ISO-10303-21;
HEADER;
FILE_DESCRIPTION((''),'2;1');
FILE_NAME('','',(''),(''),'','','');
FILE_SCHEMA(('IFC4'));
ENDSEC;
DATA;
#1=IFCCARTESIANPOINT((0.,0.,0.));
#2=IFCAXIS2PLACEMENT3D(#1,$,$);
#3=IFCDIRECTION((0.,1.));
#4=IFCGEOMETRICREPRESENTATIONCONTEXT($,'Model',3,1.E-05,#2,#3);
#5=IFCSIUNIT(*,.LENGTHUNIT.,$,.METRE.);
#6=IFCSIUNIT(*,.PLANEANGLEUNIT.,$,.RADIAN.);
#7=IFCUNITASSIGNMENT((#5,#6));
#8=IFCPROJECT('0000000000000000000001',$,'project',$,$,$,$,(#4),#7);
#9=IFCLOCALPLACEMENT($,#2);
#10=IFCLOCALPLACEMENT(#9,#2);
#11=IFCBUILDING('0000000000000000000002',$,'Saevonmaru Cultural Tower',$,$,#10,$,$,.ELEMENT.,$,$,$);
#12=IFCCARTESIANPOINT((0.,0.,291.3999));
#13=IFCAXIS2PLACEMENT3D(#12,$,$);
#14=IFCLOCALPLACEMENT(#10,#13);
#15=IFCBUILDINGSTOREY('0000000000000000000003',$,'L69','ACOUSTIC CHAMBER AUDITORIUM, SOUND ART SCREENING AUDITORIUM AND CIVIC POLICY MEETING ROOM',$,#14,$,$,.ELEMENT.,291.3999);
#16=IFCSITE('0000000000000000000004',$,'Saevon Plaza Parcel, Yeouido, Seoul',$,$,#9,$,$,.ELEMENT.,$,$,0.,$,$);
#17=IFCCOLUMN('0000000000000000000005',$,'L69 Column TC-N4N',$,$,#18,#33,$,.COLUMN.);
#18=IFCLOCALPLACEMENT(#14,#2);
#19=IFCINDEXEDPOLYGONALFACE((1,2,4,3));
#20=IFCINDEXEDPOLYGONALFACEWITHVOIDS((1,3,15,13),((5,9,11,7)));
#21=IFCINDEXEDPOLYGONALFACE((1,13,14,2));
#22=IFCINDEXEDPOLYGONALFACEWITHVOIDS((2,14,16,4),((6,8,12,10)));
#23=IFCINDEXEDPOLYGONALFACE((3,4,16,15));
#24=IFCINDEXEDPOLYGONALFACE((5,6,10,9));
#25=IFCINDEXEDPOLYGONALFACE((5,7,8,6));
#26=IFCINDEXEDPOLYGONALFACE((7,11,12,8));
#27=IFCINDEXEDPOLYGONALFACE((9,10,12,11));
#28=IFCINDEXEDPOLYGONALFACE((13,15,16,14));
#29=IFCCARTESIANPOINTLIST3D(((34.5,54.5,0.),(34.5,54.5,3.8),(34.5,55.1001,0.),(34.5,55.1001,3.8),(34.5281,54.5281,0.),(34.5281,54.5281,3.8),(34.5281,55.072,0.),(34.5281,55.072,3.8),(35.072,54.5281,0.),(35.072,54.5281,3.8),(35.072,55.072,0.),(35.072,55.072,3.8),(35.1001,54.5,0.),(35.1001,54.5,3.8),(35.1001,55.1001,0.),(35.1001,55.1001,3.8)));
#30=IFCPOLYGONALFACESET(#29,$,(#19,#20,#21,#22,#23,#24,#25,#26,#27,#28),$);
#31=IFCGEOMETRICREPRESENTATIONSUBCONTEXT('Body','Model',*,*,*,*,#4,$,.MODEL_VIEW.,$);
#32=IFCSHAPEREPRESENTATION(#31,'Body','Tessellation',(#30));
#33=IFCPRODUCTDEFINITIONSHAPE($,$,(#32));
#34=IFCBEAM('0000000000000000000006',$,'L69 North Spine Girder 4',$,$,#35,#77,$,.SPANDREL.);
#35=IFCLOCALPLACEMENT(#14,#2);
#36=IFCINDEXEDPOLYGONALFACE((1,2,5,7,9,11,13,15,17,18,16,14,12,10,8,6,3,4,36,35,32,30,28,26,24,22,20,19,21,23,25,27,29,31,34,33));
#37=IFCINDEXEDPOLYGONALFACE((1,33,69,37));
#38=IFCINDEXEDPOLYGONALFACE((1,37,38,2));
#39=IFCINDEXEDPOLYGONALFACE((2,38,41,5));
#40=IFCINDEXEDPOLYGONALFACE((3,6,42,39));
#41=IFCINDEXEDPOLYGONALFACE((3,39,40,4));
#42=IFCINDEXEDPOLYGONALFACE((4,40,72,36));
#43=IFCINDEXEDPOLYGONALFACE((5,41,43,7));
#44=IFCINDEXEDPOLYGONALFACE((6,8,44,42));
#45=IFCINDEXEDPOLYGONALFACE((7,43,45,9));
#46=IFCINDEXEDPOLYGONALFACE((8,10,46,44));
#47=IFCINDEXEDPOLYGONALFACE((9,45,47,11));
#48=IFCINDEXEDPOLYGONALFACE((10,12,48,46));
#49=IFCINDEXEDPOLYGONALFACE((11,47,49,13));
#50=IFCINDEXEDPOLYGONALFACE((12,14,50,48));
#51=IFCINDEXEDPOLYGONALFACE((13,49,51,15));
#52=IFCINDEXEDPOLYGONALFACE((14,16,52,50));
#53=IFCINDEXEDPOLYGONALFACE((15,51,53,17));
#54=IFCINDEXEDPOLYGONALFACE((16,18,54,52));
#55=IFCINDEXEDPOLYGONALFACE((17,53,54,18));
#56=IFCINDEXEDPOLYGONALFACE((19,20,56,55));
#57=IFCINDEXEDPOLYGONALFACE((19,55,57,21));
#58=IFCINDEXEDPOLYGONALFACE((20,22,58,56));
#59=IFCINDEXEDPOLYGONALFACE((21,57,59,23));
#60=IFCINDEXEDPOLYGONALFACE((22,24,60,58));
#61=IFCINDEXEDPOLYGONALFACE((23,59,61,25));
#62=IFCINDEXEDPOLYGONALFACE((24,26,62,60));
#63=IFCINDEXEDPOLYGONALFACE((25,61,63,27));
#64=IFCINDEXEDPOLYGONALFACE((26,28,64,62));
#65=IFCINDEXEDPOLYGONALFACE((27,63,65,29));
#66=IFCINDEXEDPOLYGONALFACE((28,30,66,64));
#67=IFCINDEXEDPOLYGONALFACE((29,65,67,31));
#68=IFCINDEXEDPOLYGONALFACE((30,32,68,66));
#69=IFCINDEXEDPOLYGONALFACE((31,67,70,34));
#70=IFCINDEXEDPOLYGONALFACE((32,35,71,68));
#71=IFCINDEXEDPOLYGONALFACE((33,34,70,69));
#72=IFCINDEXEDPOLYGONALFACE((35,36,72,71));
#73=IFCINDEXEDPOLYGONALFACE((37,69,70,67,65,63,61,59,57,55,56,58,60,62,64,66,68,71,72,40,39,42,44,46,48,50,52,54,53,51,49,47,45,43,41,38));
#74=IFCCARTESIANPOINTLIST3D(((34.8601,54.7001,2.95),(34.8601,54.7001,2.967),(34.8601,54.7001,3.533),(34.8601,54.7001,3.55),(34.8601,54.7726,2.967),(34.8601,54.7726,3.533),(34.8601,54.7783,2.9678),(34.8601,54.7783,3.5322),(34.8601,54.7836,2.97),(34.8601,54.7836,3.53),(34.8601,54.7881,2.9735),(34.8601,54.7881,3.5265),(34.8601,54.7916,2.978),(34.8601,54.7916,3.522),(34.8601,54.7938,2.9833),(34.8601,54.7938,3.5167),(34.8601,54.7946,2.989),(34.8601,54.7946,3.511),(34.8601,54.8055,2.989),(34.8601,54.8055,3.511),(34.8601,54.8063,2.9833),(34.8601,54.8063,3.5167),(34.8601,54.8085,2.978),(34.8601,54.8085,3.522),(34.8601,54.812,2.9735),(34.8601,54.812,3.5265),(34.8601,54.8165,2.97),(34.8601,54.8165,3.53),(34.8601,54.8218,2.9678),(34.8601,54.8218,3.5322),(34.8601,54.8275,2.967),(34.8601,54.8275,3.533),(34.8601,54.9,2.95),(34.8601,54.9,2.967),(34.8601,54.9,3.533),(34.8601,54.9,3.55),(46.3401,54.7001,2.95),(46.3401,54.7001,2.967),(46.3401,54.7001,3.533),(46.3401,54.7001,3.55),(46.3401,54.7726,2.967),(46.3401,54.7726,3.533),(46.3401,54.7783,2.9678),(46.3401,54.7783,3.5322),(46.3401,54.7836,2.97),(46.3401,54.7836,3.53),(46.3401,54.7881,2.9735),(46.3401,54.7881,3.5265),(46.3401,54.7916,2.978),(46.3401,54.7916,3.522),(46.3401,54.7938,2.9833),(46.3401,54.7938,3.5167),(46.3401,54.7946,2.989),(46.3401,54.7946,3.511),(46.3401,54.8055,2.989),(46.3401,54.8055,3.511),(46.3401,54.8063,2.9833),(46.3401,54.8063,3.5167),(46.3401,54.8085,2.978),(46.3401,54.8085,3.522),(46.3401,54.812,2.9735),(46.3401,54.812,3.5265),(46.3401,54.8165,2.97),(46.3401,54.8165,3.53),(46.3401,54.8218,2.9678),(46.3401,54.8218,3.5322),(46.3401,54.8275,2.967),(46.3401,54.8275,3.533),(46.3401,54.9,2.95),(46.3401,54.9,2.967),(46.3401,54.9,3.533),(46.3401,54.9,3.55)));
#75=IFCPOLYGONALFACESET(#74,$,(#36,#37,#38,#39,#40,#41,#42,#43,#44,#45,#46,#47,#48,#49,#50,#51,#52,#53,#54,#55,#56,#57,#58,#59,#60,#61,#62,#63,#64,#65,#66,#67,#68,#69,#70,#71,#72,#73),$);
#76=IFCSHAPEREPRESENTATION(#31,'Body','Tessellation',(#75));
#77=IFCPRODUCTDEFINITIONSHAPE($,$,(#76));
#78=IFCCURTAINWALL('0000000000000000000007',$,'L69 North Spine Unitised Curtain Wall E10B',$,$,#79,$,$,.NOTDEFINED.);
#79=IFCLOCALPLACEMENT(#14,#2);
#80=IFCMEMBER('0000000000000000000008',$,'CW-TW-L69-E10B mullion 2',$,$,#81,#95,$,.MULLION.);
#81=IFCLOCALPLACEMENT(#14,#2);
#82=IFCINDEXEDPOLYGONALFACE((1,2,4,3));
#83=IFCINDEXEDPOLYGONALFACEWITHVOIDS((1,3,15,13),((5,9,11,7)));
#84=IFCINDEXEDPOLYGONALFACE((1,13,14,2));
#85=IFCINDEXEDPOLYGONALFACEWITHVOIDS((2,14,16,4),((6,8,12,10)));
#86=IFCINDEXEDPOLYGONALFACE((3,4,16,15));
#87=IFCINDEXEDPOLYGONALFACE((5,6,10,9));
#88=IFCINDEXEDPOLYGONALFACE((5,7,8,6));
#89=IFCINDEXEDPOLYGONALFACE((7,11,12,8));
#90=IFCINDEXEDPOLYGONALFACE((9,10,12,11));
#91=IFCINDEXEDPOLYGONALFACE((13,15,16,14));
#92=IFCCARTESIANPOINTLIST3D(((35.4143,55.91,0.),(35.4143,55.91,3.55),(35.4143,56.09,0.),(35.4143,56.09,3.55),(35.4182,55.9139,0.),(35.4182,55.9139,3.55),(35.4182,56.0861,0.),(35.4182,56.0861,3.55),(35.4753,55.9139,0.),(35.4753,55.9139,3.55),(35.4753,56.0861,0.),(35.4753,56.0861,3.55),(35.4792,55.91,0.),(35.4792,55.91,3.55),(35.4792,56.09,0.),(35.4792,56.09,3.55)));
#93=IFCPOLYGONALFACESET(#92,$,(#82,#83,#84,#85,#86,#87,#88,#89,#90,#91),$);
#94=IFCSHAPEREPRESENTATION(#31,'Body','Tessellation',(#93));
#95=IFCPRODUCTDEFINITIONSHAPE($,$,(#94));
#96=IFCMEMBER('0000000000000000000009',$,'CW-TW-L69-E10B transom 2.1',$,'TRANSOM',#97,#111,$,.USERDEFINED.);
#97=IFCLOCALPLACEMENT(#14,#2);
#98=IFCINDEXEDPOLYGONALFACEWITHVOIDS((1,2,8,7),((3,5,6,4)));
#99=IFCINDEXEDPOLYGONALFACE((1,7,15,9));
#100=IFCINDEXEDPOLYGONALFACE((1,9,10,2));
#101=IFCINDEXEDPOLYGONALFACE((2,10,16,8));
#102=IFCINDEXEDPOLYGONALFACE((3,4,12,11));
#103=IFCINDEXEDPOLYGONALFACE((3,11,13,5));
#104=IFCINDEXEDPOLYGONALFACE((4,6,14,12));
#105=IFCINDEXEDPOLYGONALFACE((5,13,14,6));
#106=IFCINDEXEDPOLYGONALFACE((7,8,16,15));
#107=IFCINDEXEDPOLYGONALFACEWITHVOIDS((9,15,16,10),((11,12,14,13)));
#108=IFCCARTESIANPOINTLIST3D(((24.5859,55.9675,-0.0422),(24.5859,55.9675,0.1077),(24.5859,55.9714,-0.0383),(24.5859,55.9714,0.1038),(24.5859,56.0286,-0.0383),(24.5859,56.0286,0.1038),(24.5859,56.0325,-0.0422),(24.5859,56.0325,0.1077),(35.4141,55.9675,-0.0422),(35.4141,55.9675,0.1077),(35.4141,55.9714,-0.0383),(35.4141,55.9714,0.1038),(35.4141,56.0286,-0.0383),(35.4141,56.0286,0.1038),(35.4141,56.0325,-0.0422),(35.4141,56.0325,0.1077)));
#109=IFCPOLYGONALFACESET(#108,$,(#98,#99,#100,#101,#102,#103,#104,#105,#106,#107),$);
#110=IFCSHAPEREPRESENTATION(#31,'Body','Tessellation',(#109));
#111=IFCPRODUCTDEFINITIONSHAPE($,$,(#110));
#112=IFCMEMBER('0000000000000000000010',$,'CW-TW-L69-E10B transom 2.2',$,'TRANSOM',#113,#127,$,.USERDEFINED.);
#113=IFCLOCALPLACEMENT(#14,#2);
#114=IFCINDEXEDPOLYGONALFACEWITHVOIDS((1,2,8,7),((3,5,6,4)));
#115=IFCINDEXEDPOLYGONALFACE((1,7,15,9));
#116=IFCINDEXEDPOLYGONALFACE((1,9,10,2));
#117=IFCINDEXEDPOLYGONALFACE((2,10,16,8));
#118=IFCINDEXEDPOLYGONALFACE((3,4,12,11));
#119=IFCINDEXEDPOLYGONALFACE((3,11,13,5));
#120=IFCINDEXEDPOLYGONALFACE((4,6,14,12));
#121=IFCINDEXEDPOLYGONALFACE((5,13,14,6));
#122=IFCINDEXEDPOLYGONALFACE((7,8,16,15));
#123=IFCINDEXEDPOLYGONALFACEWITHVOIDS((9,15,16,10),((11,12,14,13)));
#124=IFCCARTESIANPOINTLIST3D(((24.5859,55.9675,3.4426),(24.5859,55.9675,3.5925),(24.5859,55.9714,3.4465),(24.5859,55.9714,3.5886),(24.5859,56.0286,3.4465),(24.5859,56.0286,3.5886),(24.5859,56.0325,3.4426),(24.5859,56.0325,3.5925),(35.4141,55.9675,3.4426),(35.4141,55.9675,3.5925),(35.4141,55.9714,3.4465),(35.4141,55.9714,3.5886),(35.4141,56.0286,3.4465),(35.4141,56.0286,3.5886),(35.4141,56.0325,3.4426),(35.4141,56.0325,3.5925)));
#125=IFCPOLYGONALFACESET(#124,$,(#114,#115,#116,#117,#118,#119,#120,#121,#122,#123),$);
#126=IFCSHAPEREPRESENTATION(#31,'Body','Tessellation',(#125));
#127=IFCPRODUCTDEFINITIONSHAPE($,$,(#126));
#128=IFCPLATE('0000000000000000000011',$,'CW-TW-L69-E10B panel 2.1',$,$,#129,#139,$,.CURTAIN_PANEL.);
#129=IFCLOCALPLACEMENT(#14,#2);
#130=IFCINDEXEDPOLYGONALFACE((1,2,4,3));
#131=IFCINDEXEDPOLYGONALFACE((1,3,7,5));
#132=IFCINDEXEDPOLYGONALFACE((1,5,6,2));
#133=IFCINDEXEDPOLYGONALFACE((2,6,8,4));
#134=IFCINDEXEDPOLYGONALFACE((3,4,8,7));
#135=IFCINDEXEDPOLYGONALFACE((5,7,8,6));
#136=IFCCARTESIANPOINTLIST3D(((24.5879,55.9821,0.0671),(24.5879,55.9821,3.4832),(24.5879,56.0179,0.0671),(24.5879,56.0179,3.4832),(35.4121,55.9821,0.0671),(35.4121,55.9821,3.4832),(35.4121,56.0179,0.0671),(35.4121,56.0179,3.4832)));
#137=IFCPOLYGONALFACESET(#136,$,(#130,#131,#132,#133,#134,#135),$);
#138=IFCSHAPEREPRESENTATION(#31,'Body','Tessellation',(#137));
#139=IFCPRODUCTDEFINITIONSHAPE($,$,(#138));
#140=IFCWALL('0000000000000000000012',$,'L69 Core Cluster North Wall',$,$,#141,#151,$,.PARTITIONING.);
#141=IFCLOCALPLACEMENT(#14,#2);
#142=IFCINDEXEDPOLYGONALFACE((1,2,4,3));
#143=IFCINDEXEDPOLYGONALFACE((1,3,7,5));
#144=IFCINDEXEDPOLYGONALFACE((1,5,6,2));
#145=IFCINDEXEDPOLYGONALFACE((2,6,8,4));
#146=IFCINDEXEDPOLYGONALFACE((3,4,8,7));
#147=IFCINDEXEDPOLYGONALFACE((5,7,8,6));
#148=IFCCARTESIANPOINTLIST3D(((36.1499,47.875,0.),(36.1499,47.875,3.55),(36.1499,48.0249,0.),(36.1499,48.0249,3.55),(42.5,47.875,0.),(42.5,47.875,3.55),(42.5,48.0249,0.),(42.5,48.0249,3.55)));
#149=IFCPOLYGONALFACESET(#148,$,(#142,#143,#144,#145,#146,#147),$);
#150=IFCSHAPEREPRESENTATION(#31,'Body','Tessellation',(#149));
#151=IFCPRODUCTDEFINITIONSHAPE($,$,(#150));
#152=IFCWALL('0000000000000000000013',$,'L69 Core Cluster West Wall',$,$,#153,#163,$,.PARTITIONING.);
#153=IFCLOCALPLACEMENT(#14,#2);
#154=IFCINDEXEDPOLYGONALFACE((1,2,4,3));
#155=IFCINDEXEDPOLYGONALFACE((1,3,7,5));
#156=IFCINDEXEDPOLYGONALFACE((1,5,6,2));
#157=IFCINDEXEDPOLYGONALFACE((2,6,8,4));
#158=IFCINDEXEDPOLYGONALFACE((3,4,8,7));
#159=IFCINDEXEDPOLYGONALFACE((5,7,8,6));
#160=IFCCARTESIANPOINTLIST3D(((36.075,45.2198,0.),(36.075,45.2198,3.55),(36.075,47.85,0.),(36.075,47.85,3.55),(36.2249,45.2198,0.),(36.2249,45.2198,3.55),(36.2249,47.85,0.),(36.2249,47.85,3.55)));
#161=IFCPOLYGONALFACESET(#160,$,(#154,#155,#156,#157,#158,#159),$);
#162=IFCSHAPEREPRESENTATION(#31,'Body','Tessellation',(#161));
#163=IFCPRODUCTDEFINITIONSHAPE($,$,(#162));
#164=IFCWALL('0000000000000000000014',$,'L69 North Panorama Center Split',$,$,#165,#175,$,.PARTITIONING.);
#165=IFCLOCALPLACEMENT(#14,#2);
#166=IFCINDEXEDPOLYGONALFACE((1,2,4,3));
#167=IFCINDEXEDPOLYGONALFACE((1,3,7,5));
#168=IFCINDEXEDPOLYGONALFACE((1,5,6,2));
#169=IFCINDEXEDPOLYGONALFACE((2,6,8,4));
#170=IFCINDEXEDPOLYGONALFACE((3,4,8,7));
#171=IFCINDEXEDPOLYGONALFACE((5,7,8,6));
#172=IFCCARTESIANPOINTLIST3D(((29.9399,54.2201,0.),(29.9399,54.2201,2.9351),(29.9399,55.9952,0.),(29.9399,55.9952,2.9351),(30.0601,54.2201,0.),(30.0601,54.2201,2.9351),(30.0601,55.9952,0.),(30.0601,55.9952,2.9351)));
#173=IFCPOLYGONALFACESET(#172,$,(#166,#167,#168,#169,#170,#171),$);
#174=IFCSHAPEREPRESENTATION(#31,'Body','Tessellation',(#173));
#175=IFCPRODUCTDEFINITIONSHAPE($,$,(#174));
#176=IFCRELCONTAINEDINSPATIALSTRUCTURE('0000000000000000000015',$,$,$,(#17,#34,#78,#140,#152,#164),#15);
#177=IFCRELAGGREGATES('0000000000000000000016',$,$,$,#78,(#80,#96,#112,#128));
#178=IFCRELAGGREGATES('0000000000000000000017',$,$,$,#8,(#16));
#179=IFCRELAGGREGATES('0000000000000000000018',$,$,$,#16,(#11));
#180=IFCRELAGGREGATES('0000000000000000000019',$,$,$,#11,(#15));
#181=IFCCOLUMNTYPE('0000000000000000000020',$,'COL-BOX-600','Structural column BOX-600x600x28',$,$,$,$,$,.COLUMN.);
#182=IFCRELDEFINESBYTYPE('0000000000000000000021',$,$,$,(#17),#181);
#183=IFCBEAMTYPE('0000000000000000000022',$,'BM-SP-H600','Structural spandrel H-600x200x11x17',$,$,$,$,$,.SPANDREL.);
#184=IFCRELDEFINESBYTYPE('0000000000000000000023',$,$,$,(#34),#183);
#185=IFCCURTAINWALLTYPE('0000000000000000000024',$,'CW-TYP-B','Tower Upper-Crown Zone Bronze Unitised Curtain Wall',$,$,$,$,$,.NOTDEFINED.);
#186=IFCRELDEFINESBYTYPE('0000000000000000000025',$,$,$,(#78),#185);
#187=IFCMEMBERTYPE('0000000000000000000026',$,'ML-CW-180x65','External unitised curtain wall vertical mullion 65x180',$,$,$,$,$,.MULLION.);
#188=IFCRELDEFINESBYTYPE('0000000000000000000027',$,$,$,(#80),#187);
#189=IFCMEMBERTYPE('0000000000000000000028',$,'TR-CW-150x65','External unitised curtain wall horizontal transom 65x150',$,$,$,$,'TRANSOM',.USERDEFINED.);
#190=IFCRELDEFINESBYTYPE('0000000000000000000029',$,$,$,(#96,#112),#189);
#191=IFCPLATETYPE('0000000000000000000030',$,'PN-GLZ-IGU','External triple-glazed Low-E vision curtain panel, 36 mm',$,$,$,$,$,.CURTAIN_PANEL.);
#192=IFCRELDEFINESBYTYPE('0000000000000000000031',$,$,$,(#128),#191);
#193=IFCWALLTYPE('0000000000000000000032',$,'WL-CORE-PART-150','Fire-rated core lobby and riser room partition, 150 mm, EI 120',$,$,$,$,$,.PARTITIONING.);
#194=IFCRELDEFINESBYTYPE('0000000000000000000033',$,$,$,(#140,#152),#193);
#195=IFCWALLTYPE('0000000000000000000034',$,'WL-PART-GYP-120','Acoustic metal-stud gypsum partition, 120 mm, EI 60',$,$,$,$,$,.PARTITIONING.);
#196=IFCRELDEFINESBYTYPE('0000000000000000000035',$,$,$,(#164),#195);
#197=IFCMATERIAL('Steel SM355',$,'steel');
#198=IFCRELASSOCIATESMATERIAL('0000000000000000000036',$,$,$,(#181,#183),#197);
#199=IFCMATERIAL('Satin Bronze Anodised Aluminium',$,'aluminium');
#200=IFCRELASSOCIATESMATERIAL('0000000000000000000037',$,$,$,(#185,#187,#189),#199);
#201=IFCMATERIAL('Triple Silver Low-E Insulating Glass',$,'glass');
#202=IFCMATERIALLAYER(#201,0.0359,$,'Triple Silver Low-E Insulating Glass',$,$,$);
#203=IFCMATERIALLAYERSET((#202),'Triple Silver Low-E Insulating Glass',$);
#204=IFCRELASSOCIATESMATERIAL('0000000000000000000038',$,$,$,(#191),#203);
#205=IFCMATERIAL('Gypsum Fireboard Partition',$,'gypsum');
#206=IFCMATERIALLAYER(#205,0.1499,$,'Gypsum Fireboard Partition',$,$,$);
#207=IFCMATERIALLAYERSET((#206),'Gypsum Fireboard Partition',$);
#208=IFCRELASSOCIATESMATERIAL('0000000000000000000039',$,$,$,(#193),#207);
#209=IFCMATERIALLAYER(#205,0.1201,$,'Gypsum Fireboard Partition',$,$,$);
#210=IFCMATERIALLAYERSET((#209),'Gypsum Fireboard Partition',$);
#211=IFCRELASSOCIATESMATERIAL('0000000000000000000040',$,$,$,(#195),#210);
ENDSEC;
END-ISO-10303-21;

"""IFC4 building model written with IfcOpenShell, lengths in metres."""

from ifc_helpers import new_model, si_unit, direction, frame, frame_2d, origin, origin_2d, place, context, subcontext, project, spatial, rectangle, hollow_rectangle, i_section, extrude, material, layer, layer_set, material_profile, profile_set, type_object, element, aggregate, save


model = new_model("IFC4")

# Units and contexts
model_context = context("Model", 3, precision=1e-05, world=origin(), true_north=direction((0.0, 1.0)))
body_context = subcontext(model_context, "Body", "Model", "MODEL_VIEW")
ifc_project = project(units=[si_unit("LENGTHUNIT", "METRE"), si_unit("PLANEANGLEUNIT", "RADIAN")], contexts=[model_context])

# Site, building, storey
site_placement = place(None, origin())
site = spatial("IfcSite", under=ifc_project, at=site_placement, Name="Saevon Plaza Parcel, Yeouido, Seoul", CompositionType="ELEMENT", RefElevation=0.0)
building_placement = place(site_placement, origin())
building = spatial("IfcBuilding", under=site, at=building_placement, Name="Saevonmaru Cultural Tower", CompositionType="ELEMENT")
storey_placement = place(building_placement, frame((0.0, 0.0, 291.3999)))
storey = spatial("IfcBuildingStorey", under=building, at=storey_placement, Name="L69", Description="ACOUSTIC CHAMBER AUDITORIUM, SOUND ART SCREENING AUDITORIUM AND CIVIC POLICY MEETING ROOM", CompositionType="ELEMENT", Elevation=291.3999)

# Column
ifc_material_1 = material(Name="Steel SM355", Category="steel")
ifc_material_profile_1 = material_profile(ifc_material_1, hollow_rectangle(XDim=0.6001, YDim=0.6001, WallThickness=0.0281, at=origin_2d()), Name="BOX-600x600x28")
ifc_profile_set_1 = profile_set([ifc_material_profile_1], Name="Steel SM355")
column_type = type_object("IfcColumnType", Name="COL-BOX-600", Description="Structural column BOX-600x600x28", PredefinedType="COLUMN", material=ifc_profile_set_1)
column_placement = place(storey_placement, frame((34.8, 54.8, 0.0), z_axis=(0.0, 0.0, 1.0), x_axis=(1.0, 0.0, 0.0)))
element("IfcColumn", 1, at=column_placement, inside=storey, type_object=column_type, Name="L69 Column TC-N4N", PredefinedType="COLUMN", context=body_context, shape_type="SweptSolid", body=[
    extrude(hollow_rectangle(XDim=0.6001, YDim=0.6001, WallThickness=0.0281, at=origin_2d()), origin(), (0.0, 0.0, 1.0), 3.8),
])

# Beam
ifc_material_profile_2 = material_profile(ifc_material_1, i_section(OverallWidth=0.2, OverallDepth=0.6001, WebThickness=0.011, FlangeThickness=0.0171, FilletRadius=0.022, at=origin_2d()), Name="H-600x200x11x17")
ifc_profile_set_2 = profile_set([ifc_material_profile_2], Name="Steel SM355")
beam_type = type_object("IfcBeamType", Name="BM-SP-H600", Description="Structural spandrel H-600x200x11x17", PredefinedType="SPANDREL", material=ifc_profile_set_2)
beam_placement = place(storey_placement, frame((34.8601, 54.8, 3.25), z_axis=(1.0, 0.0, 0.0), x_axis=(0.0, 1.0, 0.0)))
element("IfcBeam", 2, at=beam_placement, inside=storey, type_object=beam_type, Name="L69 North Spine Girder 4", PredefinedType="SPANDREL", context=body_context, shape_type="SweptSolid", body=[
    extrude(i_section(OverallWidth=0.2, OverallDepth=0.6001, WebThickness=0.011, FlangeThickness=0.0171, FilletRadius=0.022, at=origin_2d()), origin(), (0.0, 0.0, 1.0), 11.48),
])

# Curtain wall, members, plate
ifc_material_2 = material(Name="Satin Bronze Anodised Aluminium", Category="aluminium")
curtain_wall_type = type_object("IfcCurtainWallType", Name="CW-TYP-B", Description="Tower Upper-Crown Zone Bronze Unitised Curtain Wall", PredefinedType="NOTDEFINED", material=ifc_material_2)
curtain_wall_placement = place(storey_placement, origin())
curtain_wall = element("IfcCurtainWall", 3, at=curtain_wall_placement, inside=storey, type_object=curtain_wall_type, Name="L69 North Spine Unitised Curtain Wall E10B", PredefinedType="NOTDEFINED")
ifc_material_profile_3 = material_profile(ifc_material_2, hollow_rectangle(XDim=0.0649, YDim=0.1799, WallThickness=0.0039, at=origin_2d()), Name="ALU-MULL-180x65x4")
ifc_profile_set_3 = profile_set([ifc_material_profile_3], Name="Satin Bronze Anodised Aluminium")
member_type_1 = type_object("IfcMemberType", Name="ML-CW-180x65", Description="External unitised curtain wall vertical mullion 65x180", PredefinedType="MULLION", material=ifc_profile_set_3)
member_1_placement = place(storey_placement, frame((35.4468, 56.0, 0.0), z_axis=(0.0, 0.0, 1.0), x_axis=(-1.0, 0.0, 0.0)))
member_1 = element("IfcMember", 4, at=member_1_placement, type_object=member_type_1, Name="CW-TW-L69-E10B mullion 2", PredefinedType="MULLION", context=body_context, shape_type="SweptSolid", body=[
    extrude(hollow_rectangle(XDim=0.0649, YDim=0.1799, WallThickness=0.0039, at=origin_2d()), origin(), (0.0, 0.0, 1.0), 3.55),
])
ifc_material_profile_4 = material_profile(ifc_material_2, hollow_rectangle(XDim=0.0649, YDim=0.1499, WallThickness=0.0039, at=origin_2d()), Name="ALU-TRAN-150x65x4")
ifc_profile_set_4 = profile_set([ifc_material_profile_4], Name="Satin Bronze Anodised Aluminium")
member_type_2 = type_object("IfcMemberType", Name="TR-CW-150x65", Description="External unitised curtain wall horizontal transom 65x150", ElementType="TRANSOM", PredefinedType="USERDEFINED", material=ifc_profile_set_4)
member_2_placement = place(storey_placement, frame((35.4141, 56.0, 0.0327), z_axis=(-1.0, 0.0, 0.0), x_axis=(0.0, -1.0, 0.0)))
member_2 = element("IfcMember", 5, at=member_2_placement, type_object=member_type_2, Name="CW-TW-L69-E10B transom 2.1", ObjectType="TRANSOM", PredefinedType="USERDEFINED", context=body_context, shape_type="SweptSolid", body=[
    extrude(hollow_rectangle(XDim=0.0649, YDim=0.1499, WallThickness=0.0039, at=origin_2d()), origin(), (0.0, 0.0, 1.0), 10.8281),
])
member_3_placement = place(storey_placement, frame((35.4141, 56.0, 3.5176), z_axis=(-1.0, 0.0, 0.0), x_axis=(0.0, -1.0, 0.0)))
member_3 = element("IfcMember", 6, at=member_3_placement, type_object=member_type_2, Name="CW-TW-L69-E10B transom 2.2", ObjectType="TRANSOM", PredefinedType="USERDEFINED", context=body_context, shape_type="SweptSolid", body=[
    extrude(hollow_rectangle(XDim=0.0649, YDim=0.1499, WallThickness=0.0039, at=origin_2d()), origin(), (0.0, 0.0, 1.0), 10.8281),
])
ifc_material_3 = material(Name="Triple Silver Low-E Insulating Glass", Category="glass")
ifc_layer_1 = layer(ifc_material_3, 0.0359, Name="Triple Silver Low-E Insulating Glass")
ifc_layer_set_1 = layer_set([ifc_layer_1], Name="Triple Silver Low-E Insulating Glass")
plate_type = type_object("IfcPlateType", Name="PN-GLZ-IGU", Description="External triple-glazed Low-E vision curtain panel, 36 mm", PredefinedType="CURTAIN_PANEL", material=ifc_layer_set_1)
plate_placement = place(storey_placement, frame((30.0, 56.0, 0.0671), z_axis=(0.0, 0.0, 1.0), x_axis=(-1.0, 0.0, 0.0)))
plate = element("IfcPlate", 7, at=plate_placement, type_object=plate_type, Name="CW-TW-L69-E10B panel 2.1", PredefinedType="CURTAIN_PANEL", context=body_context, shape_type="SweptSolid", body=[
    extrude(rectangle(XDim=10.8242, YDim=0.0359, at=origin_2d()), origin(), (0.0, 0.0, 1.0), 3.416),
])
aggregate(curtain_wall, [member_1, member_2, member_3, plate])

# Shared definitions
ifc_material_4 = material(Name="Gypsum Fireboard Partition", Category="gypsum")
ifc_layer_2 = layer(ifc_material_4, 0.1499, Name="Gypsum Fireboard Partition")
ifc_layer_set_2 = layer_set([ifc_layer_2], Name="Gypsum Fireboard Partition")
wall_type_1 = type_object("IfcWallType", Name="WL-CORE-PART-150", Description="Fire-rated core lobby and riser room partition, 150 mm, EI 120", PredefinedType="PARTITIONING", material=ifc_layer_set_2)

# Walls
wall_1_placement = place(storey_placement, frame((36.1499, 47.95, 0.0), z_axis=(0.0, 0.0, 1.0), x_axis=(1.0, 0.0, 0.0)))
element("IfcWall", 8, at=wall_1_placement, inside=storey, type_object=wall_type_1, Name="L69 Core Cluster North Wall", PredefinedType="PARTITIONING", context=body_context, shape_type="SweptSolid", body=[
    extrude(rectangle(XDim=6.3501, YDim=0.1499, at=frame_2d((3.175, 0.0))), origin(), (0.0, 0.0, 1.0), 3.55),
])
wall_2_placement = place(storey_placement, frame((36.1499, 45.22, 0.0), z_axis=(0.0, 0.0, 1.0), x_axis=(0.0, 1.0, 0.0)))
element("IfcWall", 9, at=wall_2_placement, inside=storey, type_object=wall_type_1, Name="L69 Core Cluster West Wall", PredefinedType="PARTITIONING", context=body_context, shape_type="SweptSolid", body=[
    extrude(rectangle(XDim=2.6301, YDim=0.1499, at=frame_2d((1.3149, 0.0))), origin(), (0.0, 0.0, 1.0), 3.55),
])
ifc_layer_3 = layer(ifc_material_4, 0.1201, Name="Gypsum Fireboard Partition")
ifc_layer_set_3 = layer_set([ifc_layer_3], Name="Gypsum Fireboard Partition")
wall_type_2 = type_object("IfcWallType", Name="WL-PART-GYP-120", Description="Acoustic metal-stud gypsum partition, 120 mm, EI 60", PredefinedType="PARTITIONING", material=ifc_layer_set_3)
wall_3_placement = place(storey_placement, frame((30.0, 54.22, 0.0), z_axis=(0.0, 0.0, 1.0), x_axis=(0.0, 1.0, 0.0)))
element("IfcWall", 10, at=wall_3_placement, inside=storey, type_object=wall_type_2, Name="L69 North Panorama Center Split", PredefinedType="PARTITIONING", context=body_context, shape_type="SweptSolid", body=[
    extrude(rectangle(XDim=1.7751, YDim=0.1201, at=frame_2d((0.8877, 0.0))), origin(), (0.0, 0.0, 1.0), 2.9351),
])

save(model, "model.ifc")
